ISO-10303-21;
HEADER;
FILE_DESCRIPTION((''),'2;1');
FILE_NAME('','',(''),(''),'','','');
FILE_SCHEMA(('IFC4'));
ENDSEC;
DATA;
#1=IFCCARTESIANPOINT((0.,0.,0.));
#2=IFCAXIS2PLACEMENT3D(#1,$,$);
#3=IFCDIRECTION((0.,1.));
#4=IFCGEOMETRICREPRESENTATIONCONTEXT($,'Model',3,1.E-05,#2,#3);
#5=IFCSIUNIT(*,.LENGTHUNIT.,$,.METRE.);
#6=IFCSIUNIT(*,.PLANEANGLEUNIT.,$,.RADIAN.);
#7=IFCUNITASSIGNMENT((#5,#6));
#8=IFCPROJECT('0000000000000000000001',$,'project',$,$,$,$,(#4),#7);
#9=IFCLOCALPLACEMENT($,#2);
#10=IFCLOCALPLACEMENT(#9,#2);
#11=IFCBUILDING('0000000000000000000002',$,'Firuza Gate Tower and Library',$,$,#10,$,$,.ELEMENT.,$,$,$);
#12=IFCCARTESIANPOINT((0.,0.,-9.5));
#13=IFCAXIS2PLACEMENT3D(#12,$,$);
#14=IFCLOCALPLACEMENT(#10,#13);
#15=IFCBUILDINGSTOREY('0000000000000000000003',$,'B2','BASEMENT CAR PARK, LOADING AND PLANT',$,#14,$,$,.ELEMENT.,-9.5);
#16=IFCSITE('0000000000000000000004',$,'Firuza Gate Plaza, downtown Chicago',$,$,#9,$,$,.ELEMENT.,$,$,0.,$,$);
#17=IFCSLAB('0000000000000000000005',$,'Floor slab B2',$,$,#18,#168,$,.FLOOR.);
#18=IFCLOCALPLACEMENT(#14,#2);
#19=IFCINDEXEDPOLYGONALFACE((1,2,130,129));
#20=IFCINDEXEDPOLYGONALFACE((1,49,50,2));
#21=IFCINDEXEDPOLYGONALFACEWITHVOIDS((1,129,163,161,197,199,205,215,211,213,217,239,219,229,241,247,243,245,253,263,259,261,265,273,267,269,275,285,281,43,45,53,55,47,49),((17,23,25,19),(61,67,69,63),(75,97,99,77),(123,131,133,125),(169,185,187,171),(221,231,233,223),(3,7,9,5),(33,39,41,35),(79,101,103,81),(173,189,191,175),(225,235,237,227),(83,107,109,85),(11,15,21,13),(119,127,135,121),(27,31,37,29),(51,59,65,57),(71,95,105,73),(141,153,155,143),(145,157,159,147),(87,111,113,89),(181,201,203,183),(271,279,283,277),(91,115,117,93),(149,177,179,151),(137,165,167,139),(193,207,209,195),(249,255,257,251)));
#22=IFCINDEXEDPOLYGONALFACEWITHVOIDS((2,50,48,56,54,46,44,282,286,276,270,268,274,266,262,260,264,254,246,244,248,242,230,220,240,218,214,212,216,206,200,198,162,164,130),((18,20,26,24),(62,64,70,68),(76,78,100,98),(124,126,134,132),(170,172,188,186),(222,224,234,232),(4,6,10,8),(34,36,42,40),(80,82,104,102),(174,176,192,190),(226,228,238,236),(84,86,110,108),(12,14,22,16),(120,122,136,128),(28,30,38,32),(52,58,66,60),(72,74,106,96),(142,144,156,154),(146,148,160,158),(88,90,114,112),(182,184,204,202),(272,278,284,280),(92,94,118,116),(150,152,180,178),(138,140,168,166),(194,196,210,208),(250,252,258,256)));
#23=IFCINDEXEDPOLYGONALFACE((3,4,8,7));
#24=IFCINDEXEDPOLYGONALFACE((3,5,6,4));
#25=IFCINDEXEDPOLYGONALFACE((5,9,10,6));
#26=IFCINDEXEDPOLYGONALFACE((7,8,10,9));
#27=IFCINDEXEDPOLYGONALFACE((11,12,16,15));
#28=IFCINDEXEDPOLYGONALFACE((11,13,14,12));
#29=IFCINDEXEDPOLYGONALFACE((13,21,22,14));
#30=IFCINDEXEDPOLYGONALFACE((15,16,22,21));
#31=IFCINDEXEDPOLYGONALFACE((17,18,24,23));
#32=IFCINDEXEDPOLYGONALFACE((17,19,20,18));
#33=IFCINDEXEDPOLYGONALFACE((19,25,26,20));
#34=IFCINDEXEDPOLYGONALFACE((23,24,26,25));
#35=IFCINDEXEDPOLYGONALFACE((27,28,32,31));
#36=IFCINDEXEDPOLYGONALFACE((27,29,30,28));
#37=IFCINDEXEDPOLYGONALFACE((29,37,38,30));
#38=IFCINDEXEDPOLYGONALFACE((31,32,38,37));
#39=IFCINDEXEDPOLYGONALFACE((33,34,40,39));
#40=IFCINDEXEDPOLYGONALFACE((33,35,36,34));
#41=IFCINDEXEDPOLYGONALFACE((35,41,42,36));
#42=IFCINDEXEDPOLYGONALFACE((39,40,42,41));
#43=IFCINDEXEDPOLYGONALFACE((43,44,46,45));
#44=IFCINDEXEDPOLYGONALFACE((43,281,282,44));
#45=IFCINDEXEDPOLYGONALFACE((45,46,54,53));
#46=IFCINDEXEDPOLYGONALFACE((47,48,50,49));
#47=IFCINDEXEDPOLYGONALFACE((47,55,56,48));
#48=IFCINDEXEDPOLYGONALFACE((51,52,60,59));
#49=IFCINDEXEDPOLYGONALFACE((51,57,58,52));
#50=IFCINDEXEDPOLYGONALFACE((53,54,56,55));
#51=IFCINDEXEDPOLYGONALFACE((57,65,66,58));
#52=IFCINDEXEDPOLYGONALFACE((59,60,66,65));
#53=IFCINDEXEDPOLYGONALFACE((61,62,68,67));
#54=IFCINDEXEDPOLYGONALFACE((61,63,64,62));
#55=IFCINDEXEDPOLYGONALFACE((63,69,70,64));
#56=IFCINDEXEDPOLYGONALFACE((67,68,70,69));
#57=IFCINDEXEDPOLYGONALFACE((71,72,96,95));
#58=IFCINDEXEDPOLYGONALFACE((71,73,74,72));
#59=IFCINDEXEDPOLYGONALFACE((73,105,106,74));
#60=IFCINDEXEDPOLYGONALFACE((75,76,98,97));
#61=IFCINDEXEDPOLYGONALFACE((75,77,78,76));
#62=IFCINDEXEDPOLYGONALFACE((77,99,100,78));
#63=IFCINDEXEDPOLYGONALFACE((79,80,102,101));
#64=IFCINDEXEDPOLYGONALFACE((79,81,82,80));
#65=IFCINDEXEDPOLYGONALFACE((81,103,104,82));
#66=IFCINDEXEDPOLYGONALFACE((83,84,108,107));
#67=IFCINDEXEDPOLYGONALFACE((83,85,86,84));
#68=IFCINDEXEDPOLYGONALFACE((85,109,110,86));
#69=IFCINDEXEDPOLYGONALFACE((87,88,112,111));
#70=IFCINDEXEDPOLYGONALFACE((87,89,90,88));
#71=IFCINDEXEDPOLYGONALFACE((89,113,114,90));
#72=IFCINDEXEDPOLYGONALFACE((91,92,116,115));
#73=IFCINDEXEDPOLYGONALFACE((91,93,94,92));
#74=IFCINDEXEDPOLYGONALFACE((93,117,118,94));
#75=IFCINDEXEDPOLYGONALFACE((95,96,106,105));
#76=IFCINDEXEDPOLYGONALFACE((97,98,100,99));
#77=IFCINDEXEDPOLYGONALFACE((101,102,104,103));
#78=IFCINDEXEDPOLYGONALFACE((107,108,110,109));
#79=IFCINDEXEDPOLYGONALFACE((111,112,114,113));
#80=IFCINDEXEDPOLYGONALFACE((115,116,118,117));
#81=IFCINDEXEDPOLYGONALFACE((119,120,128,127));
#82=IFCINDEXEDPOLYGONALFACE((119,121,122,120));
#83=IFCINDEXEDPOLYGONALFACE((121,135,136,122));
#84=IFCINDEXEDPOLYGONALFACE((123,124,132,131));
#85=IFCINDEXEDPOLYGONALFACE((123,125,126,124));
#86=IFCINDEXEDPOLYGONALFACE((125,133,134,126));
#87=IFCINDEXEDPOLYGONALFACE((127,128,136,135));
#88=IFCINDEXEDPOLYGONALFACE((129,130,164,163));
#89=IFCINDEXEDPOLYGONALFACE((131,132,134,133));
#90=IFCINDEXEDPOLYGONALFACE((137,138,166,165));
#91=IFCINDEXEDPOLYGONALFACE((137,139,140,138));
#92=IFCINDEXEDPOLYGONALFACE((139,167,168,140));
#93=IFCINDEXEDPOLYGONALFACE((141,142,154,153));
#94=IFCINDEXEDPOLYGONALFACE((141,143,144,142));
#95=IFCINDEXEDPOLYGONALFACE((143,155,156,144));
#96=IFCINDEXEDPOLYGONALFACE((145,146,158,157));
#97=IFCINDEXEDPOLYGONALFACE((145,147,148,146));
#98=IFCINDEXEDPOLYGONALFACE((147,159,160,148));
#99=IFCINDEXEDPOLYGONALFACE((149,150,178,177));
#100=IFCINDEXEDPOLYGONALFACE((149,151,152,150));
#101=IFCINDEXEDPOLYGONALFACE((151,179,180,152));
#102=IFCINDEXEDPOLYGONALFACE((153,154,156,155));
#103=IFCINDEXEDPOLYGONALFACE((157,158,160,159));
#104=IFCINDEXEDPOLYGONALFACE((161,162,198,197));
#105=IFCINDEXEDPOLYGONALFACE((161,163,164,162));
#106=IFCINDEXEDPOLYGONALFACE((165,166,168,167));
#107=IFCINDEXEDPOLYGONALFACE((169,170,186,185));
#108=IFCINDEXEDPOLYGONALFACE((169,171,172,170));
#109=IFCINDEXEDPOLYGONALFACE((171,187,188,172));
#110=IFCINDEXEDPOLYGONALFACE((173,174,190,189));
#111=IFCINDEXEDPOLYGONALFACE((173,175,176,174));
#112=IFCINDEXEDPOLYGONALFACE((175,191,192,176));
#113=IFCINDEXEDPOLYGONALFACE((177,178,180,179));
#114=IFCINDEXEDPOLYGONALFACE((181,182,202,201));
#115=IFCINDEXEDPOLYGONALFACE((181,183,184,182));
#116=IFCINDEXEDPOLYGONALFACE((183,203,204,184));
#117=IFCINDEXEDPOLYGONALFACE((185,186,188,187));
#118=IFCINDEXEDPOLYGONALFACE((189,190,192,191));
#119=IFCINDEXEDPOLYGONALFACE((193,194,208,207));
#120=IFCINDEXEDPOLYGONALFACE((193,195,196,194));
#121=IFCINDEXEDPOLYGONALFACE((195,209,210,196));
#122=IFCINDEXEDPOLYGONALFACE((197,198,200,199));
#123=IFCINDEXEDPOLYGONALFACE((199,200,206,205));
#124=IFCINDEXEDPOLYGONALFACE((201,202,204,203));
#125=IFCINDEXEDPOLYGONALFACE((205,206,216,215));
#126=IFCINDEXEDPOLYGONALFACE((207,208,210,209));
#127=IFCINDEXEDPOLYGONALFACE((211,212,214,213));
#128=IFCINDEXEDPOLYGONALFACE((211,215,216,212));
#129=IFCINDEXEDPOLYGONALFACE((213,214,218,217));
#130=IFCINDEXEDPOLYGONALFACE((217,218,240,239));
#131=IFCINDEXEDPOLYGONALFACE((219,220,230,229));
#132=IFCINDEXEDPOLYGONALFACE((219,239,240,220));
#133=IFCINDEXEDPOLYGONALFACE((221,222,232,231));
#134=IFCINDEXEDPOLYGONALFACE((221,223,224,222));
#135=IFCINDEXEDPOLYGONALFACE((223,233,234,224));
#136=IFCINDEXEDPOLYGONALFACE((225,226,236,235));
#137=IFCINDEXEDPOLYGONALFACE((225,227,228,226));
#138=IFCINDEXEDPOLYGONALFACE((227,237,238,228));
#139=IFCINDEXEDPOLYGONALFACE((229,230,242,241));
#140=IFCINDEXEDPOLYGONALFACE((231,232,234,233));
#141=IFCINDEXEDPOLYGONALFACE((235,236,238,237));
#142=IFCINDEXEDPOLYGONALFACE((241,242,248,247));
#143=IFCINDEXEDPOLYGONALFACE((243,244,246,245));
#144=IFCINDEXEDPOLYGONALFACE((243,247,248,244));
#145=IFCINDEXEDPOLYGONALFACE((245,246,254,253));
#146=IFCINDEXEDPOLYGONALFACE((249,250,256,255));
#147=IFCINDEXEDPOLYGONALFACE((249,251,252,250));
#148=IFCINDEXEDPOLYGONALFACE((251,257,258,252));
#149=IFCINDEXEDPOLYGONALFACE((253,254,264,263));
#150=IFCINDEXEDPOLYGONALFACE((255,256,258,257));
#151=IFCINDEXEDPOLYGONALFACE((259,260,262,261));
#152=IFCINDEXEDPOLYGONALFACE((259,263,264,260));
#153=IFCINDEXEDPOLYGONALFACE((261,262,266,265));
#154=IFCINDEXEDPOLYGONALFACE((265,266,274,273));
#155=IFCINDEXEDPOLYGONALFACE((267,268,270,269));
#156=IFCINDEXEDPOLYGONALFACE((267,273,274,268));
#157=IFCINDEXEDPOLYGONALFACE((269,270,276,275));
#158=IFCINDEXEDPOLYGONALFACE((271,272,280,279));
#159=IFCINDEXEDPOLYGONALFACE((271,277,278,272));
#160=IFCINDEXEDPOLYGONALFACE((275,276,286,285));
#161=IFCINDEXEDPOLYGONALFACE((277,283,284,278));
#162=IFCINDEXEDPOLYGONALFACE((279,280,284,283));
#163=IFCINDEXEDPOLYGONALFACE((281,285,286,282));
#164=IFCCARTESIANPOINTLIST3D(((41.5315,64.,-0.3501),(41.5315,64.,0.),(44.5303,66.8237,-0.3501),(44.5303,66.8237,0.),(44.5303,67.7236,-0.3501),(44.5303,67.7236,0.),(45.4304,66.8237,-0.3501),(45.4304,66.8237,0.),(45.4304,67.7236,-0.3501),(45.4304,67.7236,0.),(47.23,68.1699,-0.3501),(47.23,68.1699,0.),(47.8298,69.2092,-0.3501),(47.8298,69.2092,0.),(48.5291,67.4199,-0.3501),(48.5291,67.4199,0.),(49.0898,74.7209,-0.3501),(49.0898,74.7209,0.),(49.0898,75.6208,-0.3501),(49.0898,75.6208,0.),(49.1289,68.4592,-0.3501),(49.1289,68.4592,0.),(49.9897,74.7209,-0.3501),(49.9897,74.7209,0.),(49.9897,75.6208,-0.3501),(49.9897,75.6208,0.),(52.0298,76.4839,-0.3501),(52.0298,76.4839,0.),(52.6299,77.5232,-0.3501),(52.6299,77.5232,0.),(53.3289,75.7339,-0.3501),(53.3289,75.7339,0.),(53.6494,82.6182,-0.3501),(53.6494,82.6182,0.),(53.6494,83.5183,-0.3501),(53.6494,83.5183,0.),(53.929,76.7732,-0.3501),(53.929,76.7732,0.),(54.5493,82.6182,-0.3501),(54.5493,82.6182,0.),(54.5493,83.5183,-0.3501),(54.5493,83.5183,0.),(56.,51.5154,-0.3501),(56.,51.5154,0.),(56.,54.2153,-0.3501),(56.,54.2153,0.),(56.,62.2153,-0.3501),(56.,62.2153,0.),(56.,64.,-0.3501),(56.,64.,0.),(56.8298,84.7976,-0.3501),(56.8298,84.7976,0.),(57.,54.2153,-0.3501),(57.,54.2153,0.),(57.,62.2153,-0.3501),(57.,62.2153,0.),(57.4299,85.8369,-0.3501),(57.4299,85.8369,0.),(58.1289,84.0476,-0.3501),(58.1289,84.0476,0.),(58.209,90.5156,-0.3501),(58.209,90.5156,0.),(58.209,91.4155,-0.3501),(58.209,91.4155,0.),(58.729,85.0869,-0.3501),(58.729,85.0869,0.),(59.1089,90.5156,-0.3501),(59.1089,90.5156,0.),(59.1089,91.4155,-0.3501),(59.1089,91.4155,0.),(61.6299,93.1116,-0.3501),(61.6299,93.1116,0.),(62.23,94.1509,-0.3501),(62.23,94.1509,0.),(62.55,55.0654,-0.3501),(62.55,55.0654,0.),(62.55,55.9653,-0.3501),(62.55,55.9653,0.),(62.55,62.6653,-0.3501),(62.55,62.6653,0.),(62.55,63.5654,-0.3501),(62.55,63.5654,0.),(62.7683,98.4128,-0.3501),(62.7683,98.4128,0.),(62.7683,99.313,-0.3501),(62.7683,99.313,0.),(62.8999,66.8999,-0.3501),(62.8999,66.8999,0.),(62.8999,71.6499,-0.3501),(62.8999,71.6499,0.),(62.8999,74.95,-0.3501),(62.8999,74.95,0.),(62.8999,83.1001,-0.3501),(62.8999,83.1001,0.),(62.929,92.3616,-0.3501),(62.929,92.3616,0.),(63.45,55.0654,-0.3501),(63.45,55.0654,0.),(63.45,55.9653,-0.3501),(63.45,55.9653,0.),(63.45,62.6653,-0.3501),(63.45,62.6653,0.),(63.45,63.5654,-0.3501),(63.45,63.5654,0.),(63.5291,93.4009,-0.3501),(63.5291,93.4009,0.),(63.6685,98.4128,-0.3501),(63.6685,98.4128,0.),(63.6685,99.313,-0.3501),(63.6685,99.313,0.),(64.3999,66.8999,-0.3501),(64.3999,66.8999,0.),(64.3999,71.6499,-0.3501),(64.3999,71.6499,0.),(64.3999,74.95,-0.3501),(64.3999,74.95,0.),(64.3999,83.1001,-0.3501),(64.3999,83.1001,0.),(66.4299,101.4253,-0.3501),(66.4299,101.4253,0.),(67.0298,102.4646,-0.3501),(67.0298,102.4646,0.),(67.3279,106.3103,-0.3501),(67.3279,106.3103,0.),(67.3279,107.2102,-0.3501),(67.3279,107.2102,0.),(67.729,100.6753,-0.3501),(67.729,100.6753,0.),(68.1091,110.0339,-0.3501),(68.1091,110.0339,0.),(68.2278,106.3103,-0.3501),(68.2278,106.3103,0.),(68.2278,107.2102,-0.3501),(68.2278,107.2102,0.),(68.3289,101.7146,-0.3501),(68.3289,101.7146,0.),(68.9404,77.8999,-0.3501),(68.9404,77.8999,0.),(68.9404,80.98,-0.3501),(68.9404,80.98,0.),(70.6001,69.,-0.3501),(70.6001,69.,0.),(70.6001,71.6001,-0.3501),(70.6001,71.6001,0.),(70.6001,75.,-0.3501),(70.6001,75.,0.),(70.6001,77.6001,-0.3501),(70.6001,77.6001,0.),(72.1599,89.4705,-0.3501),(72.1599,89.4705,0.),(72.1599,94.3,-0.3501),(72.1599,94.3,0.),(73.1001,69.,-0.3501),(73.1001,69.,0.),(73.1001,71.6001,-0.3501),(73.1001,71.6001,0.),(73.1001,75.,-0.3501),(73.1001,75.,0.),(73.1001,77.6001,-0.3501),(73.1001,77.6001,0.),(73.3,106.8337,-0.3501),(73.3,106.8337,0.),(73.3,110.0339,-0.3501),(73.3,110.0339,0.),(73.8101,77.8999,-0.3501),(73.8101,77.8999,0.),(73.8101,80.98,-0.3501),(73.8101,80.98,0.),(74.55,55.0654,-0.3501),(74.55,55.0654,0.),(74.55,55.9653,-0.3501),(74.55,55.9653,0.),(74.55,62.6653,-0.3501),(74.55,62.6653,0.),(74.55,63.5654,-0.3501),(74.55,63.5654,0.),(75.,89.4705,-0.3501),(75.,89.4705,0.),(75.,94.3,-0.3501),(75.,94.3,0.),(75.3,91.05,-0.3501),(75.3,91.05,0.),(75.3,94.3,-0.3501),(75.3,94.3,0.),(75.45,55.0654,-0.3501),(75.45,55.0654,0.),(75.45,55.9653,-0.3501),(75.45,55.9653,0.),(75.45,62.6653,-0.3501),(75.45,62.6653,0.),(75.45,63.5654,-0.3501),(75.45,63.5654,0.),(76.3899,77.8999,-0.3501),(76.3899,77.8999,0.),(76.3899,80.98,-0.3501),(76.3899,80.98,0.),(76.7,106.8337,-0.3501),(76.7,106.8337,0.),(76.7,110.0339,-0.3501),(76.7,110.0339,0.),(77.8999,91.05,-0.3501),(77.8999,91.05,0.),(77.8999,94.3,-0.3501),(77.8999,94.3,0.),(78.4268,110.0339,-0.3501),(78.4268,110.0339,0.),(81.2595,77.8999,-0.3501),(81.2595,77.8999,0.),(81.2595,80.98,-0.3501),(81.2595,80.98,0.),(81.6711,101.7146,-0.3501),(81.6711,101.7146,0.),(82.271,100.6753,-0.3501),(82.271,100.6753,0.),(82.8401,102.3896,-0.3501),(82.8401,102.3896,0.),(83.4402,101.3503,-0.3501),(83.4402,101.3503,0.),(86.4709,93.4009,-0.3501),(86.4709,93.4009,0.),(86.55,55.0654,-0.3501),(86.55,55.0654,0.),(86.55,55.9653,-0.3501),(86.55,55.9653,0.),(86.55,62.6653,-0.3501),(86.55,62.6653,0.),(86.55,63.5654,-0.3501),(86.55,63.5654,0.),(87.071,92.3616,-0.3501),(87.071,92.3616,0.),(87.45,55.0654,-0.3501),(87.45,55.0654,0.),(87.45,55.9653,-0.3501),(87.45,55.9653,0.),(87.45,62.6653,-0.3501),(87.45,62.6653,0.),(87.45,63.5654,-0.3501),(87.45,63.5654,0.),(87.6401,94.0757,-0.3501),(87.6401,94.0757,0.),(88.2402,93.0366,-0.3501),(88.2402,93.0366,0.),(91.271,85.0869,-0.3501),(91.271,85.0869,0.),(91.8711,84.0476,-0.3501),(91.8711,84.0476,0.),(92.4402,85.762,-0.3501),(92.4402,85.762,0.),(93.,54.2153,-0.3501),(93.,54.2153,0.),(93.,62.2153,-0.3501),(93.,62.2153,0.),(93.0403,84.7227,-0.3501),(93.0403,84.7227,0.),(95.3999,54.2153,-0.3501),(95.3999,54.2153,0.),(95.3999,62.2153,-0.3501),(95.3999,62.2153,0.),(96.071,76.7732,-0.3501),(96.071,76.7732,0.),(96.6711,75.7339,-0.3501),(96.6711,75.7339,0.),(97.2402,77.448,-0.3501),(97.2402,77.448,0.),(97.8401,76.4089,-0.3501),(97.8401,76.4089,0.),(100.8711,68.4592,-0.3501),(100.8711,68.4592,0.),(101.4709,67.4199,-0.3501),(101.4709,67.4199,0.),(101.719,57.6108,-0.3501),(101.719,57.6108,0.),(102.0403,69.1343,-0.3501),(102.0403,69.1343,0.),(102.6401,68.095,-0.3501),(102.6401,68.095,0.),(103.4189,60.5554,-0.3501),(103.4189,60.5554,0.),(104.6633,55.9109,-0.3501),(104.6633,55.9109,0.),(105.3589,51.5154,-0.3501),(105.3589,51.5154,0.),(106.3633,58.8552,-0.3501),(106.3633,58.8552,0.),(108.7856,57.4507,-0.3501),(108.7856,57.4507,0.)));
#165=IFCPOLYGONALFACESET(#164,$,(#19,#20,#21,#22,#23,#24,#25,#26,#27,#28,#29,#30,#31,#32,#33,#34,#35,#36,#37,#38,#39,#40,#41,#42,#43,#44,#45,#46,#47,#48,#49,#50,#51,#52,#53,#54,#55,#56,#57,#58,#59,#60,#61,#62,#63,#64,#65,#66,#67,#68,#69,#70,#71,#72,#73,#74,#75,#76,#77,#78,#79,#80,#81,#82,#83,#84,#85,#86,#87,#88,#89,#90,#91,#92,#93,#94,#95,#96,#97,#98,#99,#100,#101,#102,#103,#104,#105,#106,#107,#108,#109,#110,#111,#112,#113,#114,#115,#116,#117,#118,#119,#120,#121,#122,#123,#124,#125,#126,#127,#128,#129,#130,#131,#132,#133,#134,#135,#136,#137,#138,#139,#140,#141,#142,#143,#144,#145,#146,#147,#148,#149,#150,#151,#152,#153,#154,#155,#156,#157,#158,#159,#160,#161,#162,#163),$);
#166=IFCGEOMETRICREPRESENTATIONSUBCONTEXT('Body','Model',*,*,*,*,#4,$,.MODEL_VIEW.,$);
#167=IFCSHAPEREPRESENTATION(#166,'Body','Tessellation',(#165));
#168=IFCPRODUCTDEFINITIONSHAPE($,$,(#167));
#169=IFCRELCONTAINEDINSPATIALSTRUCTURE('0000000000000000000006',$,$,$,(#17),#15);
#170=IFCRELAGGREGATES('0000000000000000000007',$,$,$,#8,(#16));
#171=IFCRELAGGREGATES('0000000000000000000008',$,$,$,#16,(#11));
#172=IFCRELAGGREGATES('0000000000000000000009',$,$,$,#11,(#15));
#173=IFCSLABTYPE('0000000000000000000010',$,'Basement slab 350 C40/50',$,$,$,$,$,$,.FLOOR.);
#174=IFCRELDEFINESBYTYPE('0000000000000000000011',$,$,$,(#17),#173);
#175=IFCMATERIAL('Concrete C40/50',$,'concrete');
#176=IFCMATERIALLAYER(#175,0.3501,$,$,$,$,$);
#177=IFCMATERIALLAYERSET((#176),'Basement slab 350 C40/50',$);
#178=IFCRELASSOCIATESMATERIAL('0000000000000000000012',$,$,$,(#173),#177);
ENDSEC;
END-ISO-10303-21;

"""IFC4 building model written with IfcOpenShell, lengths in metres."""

from ifc_helpers import new_model, si_unit, direction, frame, origin, place, context, subcontext, project, spatial, polyline, outline, extrude, material, layer, layer_set, type_object, element, save


model = new_model("IFC4")

# Units and contexts
model_context = context("Model", 3, precision=1e-05, world=origin(), true_north=direction((0.0, 1.0)))
body_context = subcontext(model_context, "Body", "Model", "MODEL_VIEW")
ifc_project = project(units=[si_unit("LENGTHUNIT", "METRE"), si_unit("PLANEANGLEUNIT", "RADIAN")], contexts=[model_context])

# Site, building, storey
site_placement = place(None, origin())
site = spatial("IfcSite", under=ifc_project, at=site_placement, Name="Firuza Gate Plaza, downtown Chicago", CompositionType="ELEMENT", RefElevation=0.0)
building_placement = place(site_placement, origin())
building = spatial("IfcBuilding", under=site, at=building_placement, Name="Firuza Gate Tower and Library", CompositionType="ELEMENT")
storey_placement = place(building_placement, frame((0.0, 0.0, -9.5)))
storey = spatial("IfcBuildingStorey", under=building, at=storey_placement, Name="B2", Description="BASEMENT CAR PARK, LOADING AND PLANT", CompositionType="ELEMENT", Elevation=-9.5)

# Slab
ifc_material_1 = material(Name="Concrete C40/50", Category="concrete")
ifc_layer_1 = layer(ifc_material_1, 0.3501)
ifc_layer_set_1 = layer_set([ifc_layer_1], Name="Basement slab 350 C40/50")
slab_type_1 = type_object("IfcSlabType", Name="Basement slab 350 C40/50", PredefinedType="FLOOR", material=ifc_layer_set_1)
placement_1 = place(storey_placement, frame((0.0, 0.0, -0.3501)))
element("IfcSlab", 1, at=placement_1, inside=storey, type_object=slab_type_1, Name="Floor slab B2", PredefinedType="FLOOR", context=body_context, shape_type="SweptSolid", body=[
    extrude(outline(polyline([(68.1091, 110.0339), (41.5315, 64.0), (56.0, 64.0), (56.0, 62.2153), (57.0, 62.2153), (57.0, 54.2153), (56.0, 54.2153), (56.0, 51.5154), (105.3589, 51.5154), (108.7856, 57.4507), (102.6401, 68.095), (101.4709, 67.4199), (100.8711, 68.4592), (102.0403, 69.1343), (97.8401, 76.4089), (96.6711, 75.7339), (96.071, 76.7732), (97.2402, 77.448), (93.0403, 84.7227), (91.8711, 84.0476), (91.271, 85.0869), (92.4402, 85.762), (88.2402, 93.0366), (87.071, 92.3616), (86.4709, 93.4009), (87.6401, 94.0757), (83.4402, 101.3503), (82.271, 100.6753), (81.6711, 101.7146), (82.8401, 102.3896), (78.4268, 110.0339), (76.7, 110.0339), (76.7, 106.8337), (73.3, 106.8337), (73.3, 110.0339), (68.1091, 110.0339)]), holes=[polyline([(62.55, 55.0654), (62.55, 55.9653), (63.45, 55.9653), (63.45, 55.0654), (62.55, 55.0654)]), polyline([(62.55, 62.6653), (62.55, 63.5654), (63.45, 63.5654), (63.45, 62.6653), (62.55, 62.6653)]), polyline([(44.5303, 66.8237), (44.5303, 67.7236), (45.4304, 67.7236), (45.4304, 66.8237), (44.5303, 66.8237)]), polyline([(49.1289, 68.4592), (48.5291, 67.4199), (47.23, 68.1699), (47.8298, 69.2092), (49.1289, 68.4592)]), polyline([(62.8999, 66.8999), (62.8999, 71.6499), (64.3999, 71.6499), (64.3999, 66.8999), (62.8999, 66.8999)]), polyline([(49.0898, 74.7209), (49.0898, 75.6208), (49.9897, 75.6208), (49.9897, 74.7209), (49.0898, 74.7209)]), polyline([(52.6299, 77.5232), (53.929, 76.7732), (53.3289, 75.7339), (52.0298, 76.4839), (52.6299, 77.5232)]), polyline([(64.3999, 74.95), (62.8999, 74.95), (62.8999, 83.1001), (64.3999, 83.1001), (64.3999, 74.95)]), polyline([(53.6494, 82.6182), (53.6494, 83.5183), (54.5493, 83.5183), (54.5493, 82.6182), (53.6494, 82.6182)]), polyline([(57.4299, 85.8369), (58.729, 85.0869), (58.1289, 84.0476), (56.8298, 84.7976), (57.4299, 85.8369)]), polyline([(58.209, 90.5156), (58.209, 91.4155), (59.1089, 91.4155), (59.1089, 90.5156), (58.209, 90.5156)]), polyline([(62.23, 94.1509), (63.5291, 93.4009), (62.929, 92.3616), (61.6299, 93.1116), (62.23, 94.1509)]), polyline([(62.7683, 99.313), (63.6685, 99.313), (63.6685, 98.4128), (62.7683, 98.4128), (62.7683, 99.313)]), polyline([(68.3289, 101.7146), (67.729, 100.6753), (66.4299, 101.4253), (67.0298, 102.4646), (68.3289, 101.7146)]), polyline([(67.3279, 106.3103), (67.3279, 107.2102), (68.2278, 107.2102), (68.2278, 106.3103), (67.3279, 106.3103)]), polyline([(74.55, 55.0654), (74.55, 55.9653), (75.45, 55.9653), (75.45, 55.0654), (74.55, 55.0654)]), polyline([(86.55, 55.0654), (86.55, 55.9653), (87.45, 55.9653), (87.45, 55.0654), (86.55, 55.0654)]), polyline([(93.0, 62.2153), (95.3999, 62.2153), (95.3999, 54.2153), (93.0, 54.2153), (93.0, 62.2153)]), polyline([(104.6633, 55.9109), (101.719, 57.6108), (103.4189, 60.5554), (106.3633, 58.8552), (104.6633, 55.9109)]), polyline([(74.55, 62.6653), (74.55, 63.5654), (75.45, 63.5654), (75.45, 62.6653), (74.55, 62.6653)]), polyline([(86.55, 62.6653), (86.55, 63.5654), (87.45, 63.5654), (87.45, 62.6653), (86.55, 62.6653)]), polyline([(70.6001, 69.0), (70.6001, 71.6001), (73.1001, 71.6001), (73.1001, 69.0), (70.6001, 69.0)]), polyline([(73.1001, 75.0), (70.6001, 75.0), (70.6001, 77.6001), (73.1001, 77.6001), (73.1001, 75.0)]), polyline([(81.2595, 77.8999), (76.3899, 77.8999), (76.3899, 80.98), (81.2595, 80.98), (81.2595, 77.8999)]), polyline([(68.9404, 77.8999), (68.9404, 80.98), (73.8101, 80.98), (73.8101, 77.8999), (68.9404, 77.8999)]), polyline([(72.1599, 89.4705), (72.1599, 94.3), (75.0, 94.3), (75.0, 89.4705), (72.1599, 89.4705)]), polyline([(77.8999, 91.05), (75.3, 91.05), (75.3, 94.3), (77.8999, 94.3), (77.8999, 91.05)])]), origin(), (0.0, 0.0, 1.0), 0.3501),
])

save(model, "model.ifc")
